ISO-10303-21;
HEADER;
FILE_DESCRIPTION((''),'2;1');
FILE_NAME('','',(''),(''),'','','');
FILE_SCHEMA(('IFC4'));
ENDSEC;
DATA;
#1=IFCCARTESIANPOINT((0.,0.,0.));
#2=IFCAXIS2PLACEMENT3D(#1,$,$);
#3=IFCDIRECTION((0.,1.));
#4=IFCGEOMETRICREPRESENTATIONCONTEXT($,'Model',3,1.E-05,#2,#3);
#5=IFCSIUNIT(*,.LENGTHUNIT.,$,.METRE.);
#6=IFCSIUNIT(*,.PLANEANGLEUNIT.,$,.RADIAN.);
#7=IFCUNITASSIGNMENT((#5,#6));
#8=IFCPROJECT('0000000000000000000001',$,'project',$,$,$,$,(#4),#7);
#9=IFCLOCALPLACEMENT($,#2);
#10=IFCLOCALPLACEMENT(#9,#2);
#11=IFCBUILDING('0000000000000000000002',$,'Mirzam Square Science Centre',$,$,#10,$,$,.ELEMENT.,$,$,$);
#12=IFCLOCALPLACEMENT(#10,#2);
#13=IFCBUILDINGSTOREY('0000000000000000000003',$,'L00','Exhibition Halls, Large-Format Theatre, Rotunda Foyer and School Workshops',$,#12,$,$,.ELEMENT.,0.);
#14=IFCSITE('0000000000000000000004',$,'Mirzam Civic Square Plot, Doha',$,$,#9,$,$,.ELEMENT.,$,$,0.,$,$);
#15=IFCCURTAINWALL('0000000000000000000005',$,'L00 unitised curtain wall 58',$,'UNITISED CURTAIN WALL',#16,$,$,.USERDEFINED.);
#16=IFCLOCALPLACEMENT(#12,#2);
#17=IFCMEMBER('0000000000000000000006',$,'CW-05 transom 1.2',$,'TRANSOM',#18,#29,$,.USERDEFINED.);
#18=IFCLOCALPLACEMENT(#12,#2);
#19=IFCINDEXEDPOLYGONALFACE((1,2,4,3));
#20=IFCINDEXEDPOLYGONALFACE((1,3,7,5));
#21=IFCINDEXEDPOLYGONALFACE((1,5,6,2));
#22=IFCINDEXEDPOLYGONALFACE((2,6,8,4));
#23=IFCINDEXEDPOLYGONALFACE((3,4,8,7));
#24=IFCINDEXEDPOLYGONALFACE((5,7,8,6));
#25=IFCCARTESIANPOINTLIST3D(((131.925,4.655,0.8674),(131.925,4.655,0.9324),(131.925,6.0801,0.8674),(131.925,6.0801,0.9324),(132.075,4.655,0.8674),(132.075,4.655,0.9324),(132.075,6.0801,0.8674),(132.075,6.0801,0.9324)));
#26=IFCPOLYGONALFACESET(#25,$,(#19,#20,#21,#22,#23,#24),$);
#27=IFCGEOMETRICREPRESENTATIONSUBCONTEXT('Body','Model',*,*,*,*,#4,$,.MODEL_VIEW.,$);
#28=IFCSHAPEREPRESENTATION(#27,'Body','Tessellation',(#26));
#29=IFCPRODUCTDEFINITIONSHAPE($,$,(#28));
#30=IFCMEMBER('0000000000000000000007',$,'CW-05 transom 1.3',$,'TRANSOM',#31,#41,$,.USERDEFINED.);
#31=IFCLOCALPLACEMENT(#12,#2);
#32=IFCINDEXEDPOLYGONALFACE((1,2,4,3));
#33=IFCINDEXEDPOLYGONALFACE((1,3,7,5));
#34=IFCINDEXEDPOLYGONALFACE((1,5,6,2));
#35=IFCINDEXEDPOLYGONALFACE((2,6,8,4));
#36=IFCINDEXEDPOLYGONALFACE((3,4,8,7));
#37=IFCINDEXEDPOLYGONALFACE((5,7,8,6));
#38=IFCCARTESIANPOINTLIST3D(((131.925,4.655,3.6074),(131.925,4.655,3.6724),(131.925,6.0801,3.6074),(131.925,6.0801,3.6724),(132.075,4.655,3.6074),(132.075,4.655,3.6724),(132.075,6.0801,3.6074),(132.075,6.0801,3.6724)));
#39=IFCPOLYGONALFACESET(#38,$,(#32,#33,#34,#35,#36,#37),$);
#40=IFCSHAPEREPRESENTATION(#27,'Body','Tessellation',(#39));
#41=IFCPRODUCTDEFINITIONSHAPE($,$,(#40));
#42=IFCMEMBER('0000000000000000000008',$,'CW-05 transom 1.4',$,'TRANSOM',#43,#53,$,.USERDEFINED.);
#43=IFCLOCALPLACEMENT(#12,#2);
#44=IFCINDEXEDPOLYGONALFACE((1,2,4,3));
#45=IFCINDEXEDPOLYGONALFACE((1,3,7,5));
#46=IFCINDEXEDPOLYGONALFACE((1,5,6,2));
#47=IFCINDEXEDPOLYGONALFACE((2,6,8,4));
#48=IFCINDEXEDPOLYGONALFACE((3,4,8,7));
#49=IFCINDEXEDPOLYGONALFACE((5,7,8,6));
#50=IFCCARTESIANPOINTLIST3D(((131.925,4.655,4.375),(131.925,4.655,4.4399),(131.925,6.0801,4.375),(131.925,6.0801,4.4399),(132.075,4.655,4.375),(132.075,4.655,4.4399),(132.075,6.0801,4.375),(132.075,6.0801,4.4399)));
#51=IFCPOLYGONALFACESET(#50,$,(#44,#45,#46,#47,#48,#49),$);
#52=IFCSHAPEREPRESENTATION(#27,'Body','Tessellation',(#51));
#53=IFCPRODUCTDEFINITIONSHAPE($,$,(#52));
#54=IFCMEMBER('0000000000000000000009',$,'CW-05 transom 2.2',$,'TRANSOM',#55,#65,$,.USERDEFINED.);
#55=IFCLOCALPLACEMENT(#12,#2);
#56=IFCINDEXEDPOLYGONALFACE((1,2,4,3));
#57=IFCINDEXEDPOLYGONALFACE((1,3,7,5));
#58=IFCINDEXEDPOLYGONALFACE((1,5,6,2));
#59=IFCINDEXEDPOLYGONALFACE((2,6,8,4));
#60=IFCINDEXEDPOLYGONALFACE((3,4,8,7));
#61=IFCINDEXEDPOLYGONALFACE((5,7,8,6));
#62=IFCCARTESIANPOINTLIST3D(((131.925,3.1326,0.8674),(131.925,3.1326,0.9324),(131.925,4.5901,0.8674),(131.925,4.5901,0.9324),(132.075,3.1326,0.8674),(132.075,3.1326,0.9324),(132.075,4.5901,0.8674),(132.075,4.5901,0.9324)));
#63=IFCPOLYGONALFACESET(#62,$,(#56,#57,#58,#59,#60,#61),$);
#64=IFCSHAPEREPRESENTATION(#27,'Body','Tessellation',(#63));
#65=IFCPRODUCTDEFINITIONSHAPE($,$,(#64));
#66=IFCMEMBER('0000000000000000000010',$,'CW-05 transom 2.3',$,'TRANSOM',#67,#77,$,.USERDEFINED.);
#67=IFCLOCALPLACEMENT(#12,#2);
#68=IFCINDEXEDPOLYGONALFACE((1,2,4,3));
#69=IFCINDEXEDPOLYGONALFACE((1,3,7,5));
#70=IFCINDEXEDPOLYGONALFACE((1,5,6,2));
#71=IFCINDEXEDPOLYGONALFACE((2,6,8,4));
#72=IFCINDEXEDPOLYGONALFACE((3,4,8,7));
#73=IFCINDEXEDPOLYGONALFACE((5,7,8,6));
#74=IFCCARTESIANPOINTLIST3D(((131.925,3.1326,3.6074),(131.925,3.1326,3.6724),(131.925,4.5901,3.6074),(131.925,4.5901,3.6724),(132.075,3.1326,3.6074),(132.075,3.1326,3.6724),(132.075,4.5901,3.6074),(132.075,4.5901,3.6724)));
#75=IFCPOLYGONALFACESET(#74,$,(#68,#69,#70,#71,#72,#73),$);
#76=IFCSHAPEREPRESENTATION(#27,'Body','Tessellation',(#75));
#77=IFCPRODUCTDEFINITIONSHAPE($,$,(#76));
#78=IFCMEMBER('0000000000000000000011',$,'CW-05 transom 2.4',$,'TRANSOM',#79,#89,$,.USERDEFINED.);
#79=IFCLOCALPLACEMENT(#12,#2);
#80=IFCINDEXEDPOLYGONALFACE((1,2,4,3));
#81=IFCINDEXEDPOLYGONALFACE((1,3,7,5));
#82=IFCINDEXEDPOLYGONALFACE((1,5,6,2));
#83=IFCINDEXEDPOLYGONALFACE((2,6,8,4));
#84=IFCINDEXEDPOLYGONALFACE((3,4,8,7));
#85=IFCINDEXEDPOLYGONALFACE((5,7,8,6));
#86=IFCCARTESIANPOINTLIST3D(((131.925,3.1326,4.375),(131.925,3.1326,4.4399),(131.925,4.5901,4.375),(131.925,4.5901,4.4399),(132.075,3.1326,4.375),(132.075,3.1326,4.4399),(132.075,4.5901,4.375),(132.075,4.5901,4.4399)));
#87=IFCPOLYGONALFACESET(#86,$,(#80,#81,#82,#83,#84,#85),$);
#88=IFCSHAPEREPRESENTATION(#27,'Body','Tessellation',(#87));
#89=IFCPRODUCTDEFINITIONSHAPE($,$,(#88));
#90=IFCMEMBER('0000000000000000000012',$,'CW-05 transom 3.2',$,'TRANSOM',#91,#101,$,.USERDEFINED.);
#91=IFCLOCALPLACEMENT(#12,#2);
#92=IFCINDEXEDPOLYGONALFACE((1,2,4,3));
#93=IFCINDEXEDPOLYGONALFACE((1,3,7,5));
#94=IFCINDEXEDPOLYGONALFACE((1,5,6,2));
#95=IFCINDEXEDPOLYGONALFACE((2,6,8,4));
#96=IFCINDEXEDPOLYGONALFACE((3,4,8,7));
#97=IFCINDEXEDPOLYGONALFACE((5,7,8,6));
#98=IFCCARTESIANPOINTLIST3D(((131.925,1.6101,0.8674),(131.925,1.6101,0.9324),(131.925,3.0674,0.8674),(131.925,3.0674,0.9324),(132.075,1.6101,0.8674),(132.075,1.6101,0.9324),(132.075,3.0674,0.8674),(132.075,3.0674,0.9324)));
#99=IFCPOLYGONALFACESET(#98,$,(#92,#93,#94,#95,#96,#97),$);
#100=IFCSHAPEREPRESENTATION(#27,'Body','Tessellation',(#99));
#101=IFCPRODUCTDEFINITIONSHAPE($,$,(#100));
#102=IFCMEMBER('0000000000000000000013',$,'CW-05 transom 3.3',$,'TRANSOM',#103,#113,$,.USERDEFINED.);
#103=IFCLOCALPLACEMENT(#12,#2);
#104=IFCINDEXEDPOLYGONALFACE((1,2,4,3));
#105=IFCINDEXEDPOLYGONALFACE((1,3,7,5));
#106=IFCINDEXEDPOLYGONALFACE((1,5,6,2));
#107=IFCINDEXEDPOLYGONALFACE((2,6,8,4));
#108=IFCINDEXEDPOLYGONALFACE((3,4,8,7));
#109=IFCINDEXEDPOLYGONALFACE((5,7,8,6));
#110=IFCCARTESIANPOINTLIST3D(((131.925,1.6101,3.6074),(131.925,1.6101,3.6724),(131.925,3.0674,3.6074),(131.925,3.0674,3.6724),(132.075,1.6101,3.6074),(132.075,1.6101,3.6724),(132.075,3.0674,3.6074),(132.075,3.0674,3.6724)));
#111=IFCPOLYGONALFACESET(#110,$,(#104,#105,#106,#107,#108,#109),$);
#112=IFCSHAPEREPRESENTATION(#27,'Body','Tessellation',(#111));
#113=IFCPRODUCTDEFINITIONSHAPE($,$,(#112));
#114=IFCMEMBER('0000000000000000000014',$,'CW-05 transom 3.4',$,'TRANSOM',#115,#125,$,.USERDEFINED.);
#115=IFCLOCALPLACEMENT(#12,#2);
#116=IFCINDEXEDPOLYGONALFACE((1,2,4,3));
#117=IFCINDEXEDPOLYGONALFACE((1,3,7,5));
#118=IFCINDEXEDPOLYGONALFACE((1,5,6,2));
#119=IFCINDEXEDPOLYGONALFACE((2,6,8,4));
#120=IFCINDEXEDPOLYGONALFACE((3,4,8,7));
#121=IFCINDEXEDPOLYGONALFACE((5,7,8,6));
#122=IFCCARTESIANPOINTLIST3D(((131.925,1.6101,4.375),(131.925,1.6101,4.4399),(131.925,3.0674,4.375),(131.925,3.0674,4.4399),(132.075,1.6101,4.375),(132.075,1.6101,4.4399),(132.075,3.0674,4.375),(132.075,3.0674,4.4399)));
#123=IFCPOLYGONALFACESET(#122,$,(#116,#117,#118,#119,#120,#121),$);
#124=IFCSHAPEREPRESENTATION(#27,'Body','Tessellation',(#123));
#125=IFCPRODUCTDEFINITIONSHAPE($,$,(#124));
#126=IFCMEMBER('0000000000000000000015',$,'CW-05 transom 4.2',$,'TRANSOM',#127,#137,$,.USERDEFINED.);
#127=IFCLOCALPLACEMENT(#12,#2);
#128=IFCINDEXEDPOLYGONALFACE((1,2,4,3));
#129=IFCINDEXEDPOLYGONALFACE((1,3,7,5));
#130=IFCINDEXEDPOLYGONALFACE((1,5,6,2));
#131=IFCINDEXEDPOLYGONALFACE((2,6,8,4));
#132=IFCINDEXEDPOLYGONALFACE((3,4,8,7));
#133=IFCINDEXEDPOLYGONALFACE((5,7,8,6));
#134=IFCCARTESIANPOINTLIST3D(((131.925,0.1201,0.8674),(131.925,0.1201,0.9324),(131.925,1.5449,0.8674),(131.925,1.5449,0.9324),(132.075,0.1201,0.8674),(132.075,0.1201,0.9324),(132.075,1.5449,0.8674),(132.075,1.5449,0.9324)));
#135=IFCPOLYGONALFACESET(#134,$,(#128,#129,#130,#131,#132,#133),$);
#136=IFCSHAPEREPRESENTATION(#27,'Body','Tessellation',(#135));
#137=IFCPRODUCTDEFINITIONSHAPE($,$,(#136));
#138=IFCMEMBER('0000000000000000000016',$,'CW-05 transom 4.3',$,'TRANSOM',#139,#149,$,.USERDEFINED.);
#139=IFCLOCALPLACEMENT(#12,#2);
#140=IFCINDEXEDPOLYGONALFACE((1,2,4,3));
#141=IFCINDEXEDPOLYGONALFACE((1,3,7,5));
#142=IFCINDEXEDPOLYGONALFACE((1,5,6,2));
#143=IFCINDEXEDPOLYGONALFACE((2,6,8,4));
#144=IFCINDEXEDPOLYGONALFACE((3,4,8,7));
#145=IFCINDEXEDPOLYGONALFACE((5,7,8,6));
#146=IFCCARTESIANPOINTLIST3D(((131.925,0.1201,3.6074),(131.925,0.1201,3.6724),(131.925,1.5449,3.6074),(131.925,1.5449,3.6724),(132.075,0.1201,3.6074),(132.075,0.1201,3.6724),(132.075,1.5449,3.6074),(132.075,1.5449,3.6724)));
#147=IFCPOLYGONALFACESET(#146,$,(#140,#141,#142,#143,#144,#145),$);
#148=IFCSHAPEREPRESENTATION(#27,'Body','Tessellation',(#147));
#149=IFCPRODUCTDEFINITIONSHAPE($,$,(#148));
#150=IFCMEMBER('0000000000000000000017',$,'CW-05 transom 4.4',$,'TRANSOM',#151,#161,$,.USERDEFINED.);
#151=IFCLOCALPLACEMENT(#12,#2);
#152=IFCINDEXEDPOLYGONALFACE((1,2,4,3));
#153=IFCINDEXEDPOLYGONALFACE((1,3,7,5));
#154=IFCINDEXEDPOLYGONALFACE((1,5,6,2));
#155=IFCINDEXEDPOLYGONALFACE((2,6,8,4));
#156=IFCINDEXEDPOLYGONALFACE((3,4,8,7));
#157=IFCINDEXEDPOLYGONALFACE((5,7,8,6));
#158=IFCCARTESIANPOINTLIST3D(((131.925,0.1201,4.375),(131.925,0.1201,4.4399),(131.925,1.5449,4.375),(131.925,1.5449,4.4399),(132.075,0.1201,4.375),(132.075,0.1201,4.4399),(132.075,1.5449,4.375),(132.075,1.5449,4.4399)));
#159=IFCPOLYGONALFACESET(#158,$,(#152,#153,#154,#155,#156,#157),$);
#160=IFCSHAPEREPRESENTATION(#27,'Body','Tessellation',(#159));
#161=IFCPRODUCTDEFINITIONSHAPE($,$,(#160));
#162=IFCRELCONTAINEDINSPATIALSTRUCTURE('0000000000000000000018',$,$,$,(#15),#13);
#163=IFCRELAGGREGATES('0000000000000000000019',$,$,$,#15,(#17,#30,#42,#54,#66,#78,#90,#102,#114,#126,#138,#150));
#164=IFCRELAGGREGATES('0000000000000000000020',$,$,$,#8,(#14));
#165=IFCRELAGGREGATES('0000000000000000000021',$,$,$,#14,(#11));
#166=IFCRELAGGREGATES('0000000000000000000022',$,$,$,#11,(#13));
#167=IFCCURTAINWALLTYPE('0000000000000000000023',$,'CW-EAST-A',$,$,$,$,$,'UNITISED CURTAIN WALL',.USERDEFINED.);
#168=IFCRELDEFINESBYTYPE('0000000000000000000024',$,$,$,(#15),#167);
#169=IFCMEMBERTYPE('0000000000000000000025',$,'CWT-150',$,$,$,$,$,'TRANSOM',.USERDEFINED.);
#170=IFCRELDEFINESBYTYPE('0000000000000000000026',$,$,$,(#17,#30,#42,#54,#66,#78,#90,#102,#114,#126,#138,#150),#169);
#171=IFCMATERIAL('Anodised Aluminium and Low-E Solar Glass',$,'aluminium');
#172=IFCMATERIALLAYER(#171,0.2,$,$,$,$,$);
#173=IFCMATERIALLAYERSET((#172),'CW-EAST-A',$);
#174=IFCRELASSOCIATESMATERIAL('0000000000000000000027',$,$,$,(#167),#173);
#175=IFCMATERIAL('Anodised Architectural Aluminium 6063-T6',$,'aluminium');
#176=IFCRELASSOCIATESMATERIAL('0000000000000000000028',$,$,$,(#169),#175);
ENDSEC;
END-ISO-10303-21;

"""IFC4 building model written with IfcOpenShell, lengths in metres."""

from ifc_helpers import new_model, si_unit, direction, frame, origin, origin_2d, place, context, subcontext, project, spatial, rectangle, extrude, material, layer, layer_set, material_profile, profile_set, type_object, element, aggregate, save


model = new_model("IFC4")

# Units and contexts
model_context = context("Model", 3, precision=1e-05, world=origin(), true_north=direction((0.0, 1.0)))
body_context = subcontext(model_context, "Body", "Model", "MODEL_VIEW")
ifc_project = project(units=[si_unit("LENGTHUNIT", "METRE"), si_unit("PLANEANGLEUNIT", "RADIAN")], contexts=[model_context])

# Site, building, storey
site_placement = place(None, origin())
site = spatial("IfcSite", under=ifc_project, at=site_placement, Name="Mirzam Civic Square Plot, Doha", CompositionType="ELEMENT", RefElevation=0.0)
building_placement = place(site_placement, origin())
building = spatial("IfcBuilding", under=site, at=building_placement, Name="Mirzam Square Science Centre", CompositionType="ELEMENT")
storey_placement = place(building_placement, origin())
storey = spatial("IfcBuildingStorey", under=building, at=storey_placement, Name="L00", Description="Exhibition Halls, Large-Format Theatre, Rotunda Foyer and School Workshops", CompositionType="ELEMENT", Elevation=0.0)

# Curtain wall, members
ifc_material_1 = material(Name="Anodised Aluminium and Low-E Solar Glass", Category="aluminium")
ifc_layer_1 = layer(ifc_material_1, 0.2)
ifc_layer_set_1 = layer_set([ifc_layer_1], Name="CW-EAST-A")
curtain_wall_type = type_object("IfcCurtainWallType", Name="CW-EAST-A", ElementType="UNITISED CURTAIN WALL", PredefinedType="USERDEFINED", material=ifc_layer_set_1)
curtain_wall_placement = place(storey_placement, origin())
curtain_wall = element("IfcCurtainWall", 1, at=curtain_wall_placement, inside=storey, type_object=curtain_wall_type, Name="L00 unitised curtain wall 58", ObjectType="UNITISED CURTAIN WALL", PredefinedType="USERDEFINED")
ifc_material_2 = material(Name="Anodised Architectural Aluminium 6063-T6", Category="aluminium")
ifc_material_profile_1 = material_profile(ifc_material_2, rectangle(XDim=0.1499, YDim=0.0649, at=origin_2d()), Name="ALU-TRAN-150x65x4")
ifc_profile_set_1 = profile_set([ifc_material_profile_1], Name="Anodised Architectural Aluminium 6063-T6")
member_type = type_object("IfcMemberType", Name="CWT-150", ElementType="TRANSOM", PredefinedType="USERDEFINED", material=ifc_profile_set_1)
member_1_placement = place(storey_placement, frame((132.0, 6.0801, 0.8999), z_axis=(0.0, -1.0, 0.0), x_axis=(1.0, 0.0, 0.0)))
member_1 = element("IfcMember", 2, at=member_1_placement, type_object=member_type, Name="CW-05 transom 1.2", ObjectType="TRANSOM", PredefinedType="USERDEFINED", context=body_context, shape_type="SweptSolid", body=[
    extrude(rectangle(XDim=0.1499, YDim=0.0649, at=origin_2d()), origin(), (0.0, 0.0, 1.0), 1.425),
])
member_2_placement = place(storey_placement, frame((132.0, 6.0801, 3.6399), z_axis=(0.0, -1.0, 0.0), x_axis=(1.0, 0.0, 0.0)))
member_2 = element("IfcMember", 3, at=member_2_placement, type_object=member_type, Name="CW-05 transom 1.3", ObjectType="TRANSOM", PredefinedType="USERDEFINED", context=body_context, shape_type="SweptSolid", body=[
    extrude(rectangle(XDim=0.1499, YDim=0.0649, at=origin_2d()), origin(), (0.0, 0.0, 1.0), 1.425),
])
member_3_placement = place(storey_placement, frame((132.0, 6.0801, 4.4075), z_axis=(0.0, -1.0, 0.0), x_axis=(1.0, 0.0, 0.0)))
member_3 = element("IfcMember", 4, at=member_3_placement, type_object=member_type, Name="CW-05 transom 1.4", ObjectType="TRANSOM", PredefinedType="USERDEFINED", context=body_context, shape_type="SweptSolid", body=[
    extrude(rectangle(XDim=0.1499, YDim=0.0649, at=origin_2d()), origin(), (0.0, 0.0, 1.0), 1.425),
])
member_4_placement = place(storey_placement, frame((132.0, 4.5901, 0.8999), z_axis=(0.0, -1.0, 0.0), x_axis=(1.0, 0.0, 0.0)))
member_4 = element("IfcMember", 5, at=member_4_placement, type_object=member_type, Name="CW-05 transom 2.2", ObjectType="TRANSOM", PredefinedType="USERDEFINED", context=body_context, shape_type="SweptSolid", body=[
    extrude(rectangle(XDim=0.1499, YDim=0.0649, at=origin_2d()), origin(), (0.0, 0.0, 1.0), 1.4575),
])
member_5_placement = place(storey_placement, frame((132.0, 4.5901, 3.6399), z_axis=(0.0, -1.0, 0.0), x_axis=(1.0, 0.0, 0.0)))
member_5 = element("IfcMember", 6, at=member_5_placement, type_object=member_type, Name="CW-05 transom 2.3", ObjectType="TRANSOM", PredefinedType="USERDEFINED", context=body_context, shape_type="SweptSolid", body=[
    extrude(rectangle(XDim=0.1499, YDim=0.0649, at=origin_2d()), origin(), (0.0, 0.0, 1.0), 1.4575),
])
member_6_placement = place(storey_placement, frame((132.0, 4.5901, 4.4075), z_axis=(0.0, -1.0, 0.0), x_axis=(1.0, 0.0, 0.0)))
member_6 = element("IfcMember", 7, at=member_6_placement, type_object=member_type, Name="CW-05 transom 2.4", ObjectType="TRANSOM", PredefinedType="USERDEFINED", context=body_context, shape_type="SweptSolid", body=[
    extrude(rectangle(XDim=0.1499, YDim=0.0649, at=origin_2d()), origin(), (0.0, 0.0, 1.0), 1.4575),
])
member_7_placement = place(storey_placement, frame((132.0, 3.0674, 0.8999), z_axis=(0.0, -1.0, 0.0), x_axis=(1.0, 0.0, 0.0)))
member_7 = element("IfcMember", 8, at=member_7_placement, type_object=member_type, Name="CW-05 transom 3.2", ObjectType="TRANSOM", PredefinedType="USERDEFINED", context=body_context, shape_type="SweptSolid", body=[
    extrude(rectangle(XDim=0.1499, YDim=0.0649, at=origin_2d()), origin(), (0.0, 0.0, 1.0), 1.4573),
])
member_8_placement = place(storey_placement, frame((132.0, 3.0674, 3.6399), z_axis=(0.0, -1.0, 0.0), x_axis=(1.0, 0.0, 0.0)))
member_8 = element("IfcMember", 9, at=member_8_placement, type_object=member_type, Name="CW-05 transom 3.3", ObjectType="TRANSOM", PredefinedType="USERDEFINED", context=body_context, shape_type="SweptSolid", body=[
    extrude(rectangle(XDim=0.1499, YDim=0.0649, at=origin_2d()), origin(), (0.0, 0.0, 1.0), 1.4573),
])
member_9_placement = place(storey_placement, frame((132.0, 3.0674, 4.4075), z_axis=(0.0, -1.0, 0.0), x_axis=(1.0, 0.0, 0.0)))
member_9 = element("IfcMember", 10, at=member_9_placement, type_object=member_type, Name="CW-05 transom 3.4", ObjectType="TRANSOM", PredefinedType="USERDEFINED", context=body_context, shape_type="SweptSolid", body=[
    extrude(rectangle(XDim=0.1499, YDim=0.0649, at=origin_2d()), origin(), (0.0, 0.0, 1.0), 1.4573),
])
member_10_placement = place(storey_placement, frame((132.0, 1.5449, 0.8999), z_axis=(0.0, -1.0, 0.0), x_axis=(1.0, 0.0, 0.0)))
member_10 = element("IfcMember", 11, at=member_10_placement, type_object=member_type, Name="CW-05 transom 4.2", ObjectType="TRANSOM", PredefinedType="USERDEFINED", context=body_context, shape_type="SweptSolid", body=[
    extrude(rectangle(XDim=0.1499, YDim=0.0649, at=origin_2d()), origin(), (0.0, 0.0, 1.0), 1.4248),
])
member_11_placement = place(storey_placement, frame((132.0, 1.5449, 3.6399), z_axis=(0.0, -1.0, 0.0), x_axis=(1.0, 0.0, 0.0)))
member_11 = element("IfcMember", 12, at=member_11_placement, type_object=member_type, Name="CW-05 transom 4.3", ObjectType="TRANSOM", PredefinedType="USERDEFINED", context=body_context, shape_type="SweptSolid", body=[
    extrude(rectangle(XDim=0.1499, YDim=0.0649, at=origin_2d()), origin(), (0.0, 0.0, 1.0), 1.4248),
])
member_12_placement = place(storey_placement, frame((132.0, 1.5449, 4.4075), z_axis=(0.0, -1.0, 0.0), x_axis=(1.0, 0.0, 0.0)))
member_12 = element("IfcMember", 13, at=member_12_placement, type_object=member_type, Name="CW-05 transom 4.4", ObjectType="TRANSOM", PredefinedType="USERDEFINED", context=body_context, shape_type="SweptSolid", body=[
    extrude(rectangle(XDim=0.1499, YDim=0.0649, at=origin_2d()), origin(), (0.0, 0.0, 1.0), 1.4248),
])

aggregate(curtain_wall, [member_1, member_2, member_3, member_4, member_5, member_6, member_7, member_8, member_9, member_10, member_11, member_12])

save(model, "model.ifc")
